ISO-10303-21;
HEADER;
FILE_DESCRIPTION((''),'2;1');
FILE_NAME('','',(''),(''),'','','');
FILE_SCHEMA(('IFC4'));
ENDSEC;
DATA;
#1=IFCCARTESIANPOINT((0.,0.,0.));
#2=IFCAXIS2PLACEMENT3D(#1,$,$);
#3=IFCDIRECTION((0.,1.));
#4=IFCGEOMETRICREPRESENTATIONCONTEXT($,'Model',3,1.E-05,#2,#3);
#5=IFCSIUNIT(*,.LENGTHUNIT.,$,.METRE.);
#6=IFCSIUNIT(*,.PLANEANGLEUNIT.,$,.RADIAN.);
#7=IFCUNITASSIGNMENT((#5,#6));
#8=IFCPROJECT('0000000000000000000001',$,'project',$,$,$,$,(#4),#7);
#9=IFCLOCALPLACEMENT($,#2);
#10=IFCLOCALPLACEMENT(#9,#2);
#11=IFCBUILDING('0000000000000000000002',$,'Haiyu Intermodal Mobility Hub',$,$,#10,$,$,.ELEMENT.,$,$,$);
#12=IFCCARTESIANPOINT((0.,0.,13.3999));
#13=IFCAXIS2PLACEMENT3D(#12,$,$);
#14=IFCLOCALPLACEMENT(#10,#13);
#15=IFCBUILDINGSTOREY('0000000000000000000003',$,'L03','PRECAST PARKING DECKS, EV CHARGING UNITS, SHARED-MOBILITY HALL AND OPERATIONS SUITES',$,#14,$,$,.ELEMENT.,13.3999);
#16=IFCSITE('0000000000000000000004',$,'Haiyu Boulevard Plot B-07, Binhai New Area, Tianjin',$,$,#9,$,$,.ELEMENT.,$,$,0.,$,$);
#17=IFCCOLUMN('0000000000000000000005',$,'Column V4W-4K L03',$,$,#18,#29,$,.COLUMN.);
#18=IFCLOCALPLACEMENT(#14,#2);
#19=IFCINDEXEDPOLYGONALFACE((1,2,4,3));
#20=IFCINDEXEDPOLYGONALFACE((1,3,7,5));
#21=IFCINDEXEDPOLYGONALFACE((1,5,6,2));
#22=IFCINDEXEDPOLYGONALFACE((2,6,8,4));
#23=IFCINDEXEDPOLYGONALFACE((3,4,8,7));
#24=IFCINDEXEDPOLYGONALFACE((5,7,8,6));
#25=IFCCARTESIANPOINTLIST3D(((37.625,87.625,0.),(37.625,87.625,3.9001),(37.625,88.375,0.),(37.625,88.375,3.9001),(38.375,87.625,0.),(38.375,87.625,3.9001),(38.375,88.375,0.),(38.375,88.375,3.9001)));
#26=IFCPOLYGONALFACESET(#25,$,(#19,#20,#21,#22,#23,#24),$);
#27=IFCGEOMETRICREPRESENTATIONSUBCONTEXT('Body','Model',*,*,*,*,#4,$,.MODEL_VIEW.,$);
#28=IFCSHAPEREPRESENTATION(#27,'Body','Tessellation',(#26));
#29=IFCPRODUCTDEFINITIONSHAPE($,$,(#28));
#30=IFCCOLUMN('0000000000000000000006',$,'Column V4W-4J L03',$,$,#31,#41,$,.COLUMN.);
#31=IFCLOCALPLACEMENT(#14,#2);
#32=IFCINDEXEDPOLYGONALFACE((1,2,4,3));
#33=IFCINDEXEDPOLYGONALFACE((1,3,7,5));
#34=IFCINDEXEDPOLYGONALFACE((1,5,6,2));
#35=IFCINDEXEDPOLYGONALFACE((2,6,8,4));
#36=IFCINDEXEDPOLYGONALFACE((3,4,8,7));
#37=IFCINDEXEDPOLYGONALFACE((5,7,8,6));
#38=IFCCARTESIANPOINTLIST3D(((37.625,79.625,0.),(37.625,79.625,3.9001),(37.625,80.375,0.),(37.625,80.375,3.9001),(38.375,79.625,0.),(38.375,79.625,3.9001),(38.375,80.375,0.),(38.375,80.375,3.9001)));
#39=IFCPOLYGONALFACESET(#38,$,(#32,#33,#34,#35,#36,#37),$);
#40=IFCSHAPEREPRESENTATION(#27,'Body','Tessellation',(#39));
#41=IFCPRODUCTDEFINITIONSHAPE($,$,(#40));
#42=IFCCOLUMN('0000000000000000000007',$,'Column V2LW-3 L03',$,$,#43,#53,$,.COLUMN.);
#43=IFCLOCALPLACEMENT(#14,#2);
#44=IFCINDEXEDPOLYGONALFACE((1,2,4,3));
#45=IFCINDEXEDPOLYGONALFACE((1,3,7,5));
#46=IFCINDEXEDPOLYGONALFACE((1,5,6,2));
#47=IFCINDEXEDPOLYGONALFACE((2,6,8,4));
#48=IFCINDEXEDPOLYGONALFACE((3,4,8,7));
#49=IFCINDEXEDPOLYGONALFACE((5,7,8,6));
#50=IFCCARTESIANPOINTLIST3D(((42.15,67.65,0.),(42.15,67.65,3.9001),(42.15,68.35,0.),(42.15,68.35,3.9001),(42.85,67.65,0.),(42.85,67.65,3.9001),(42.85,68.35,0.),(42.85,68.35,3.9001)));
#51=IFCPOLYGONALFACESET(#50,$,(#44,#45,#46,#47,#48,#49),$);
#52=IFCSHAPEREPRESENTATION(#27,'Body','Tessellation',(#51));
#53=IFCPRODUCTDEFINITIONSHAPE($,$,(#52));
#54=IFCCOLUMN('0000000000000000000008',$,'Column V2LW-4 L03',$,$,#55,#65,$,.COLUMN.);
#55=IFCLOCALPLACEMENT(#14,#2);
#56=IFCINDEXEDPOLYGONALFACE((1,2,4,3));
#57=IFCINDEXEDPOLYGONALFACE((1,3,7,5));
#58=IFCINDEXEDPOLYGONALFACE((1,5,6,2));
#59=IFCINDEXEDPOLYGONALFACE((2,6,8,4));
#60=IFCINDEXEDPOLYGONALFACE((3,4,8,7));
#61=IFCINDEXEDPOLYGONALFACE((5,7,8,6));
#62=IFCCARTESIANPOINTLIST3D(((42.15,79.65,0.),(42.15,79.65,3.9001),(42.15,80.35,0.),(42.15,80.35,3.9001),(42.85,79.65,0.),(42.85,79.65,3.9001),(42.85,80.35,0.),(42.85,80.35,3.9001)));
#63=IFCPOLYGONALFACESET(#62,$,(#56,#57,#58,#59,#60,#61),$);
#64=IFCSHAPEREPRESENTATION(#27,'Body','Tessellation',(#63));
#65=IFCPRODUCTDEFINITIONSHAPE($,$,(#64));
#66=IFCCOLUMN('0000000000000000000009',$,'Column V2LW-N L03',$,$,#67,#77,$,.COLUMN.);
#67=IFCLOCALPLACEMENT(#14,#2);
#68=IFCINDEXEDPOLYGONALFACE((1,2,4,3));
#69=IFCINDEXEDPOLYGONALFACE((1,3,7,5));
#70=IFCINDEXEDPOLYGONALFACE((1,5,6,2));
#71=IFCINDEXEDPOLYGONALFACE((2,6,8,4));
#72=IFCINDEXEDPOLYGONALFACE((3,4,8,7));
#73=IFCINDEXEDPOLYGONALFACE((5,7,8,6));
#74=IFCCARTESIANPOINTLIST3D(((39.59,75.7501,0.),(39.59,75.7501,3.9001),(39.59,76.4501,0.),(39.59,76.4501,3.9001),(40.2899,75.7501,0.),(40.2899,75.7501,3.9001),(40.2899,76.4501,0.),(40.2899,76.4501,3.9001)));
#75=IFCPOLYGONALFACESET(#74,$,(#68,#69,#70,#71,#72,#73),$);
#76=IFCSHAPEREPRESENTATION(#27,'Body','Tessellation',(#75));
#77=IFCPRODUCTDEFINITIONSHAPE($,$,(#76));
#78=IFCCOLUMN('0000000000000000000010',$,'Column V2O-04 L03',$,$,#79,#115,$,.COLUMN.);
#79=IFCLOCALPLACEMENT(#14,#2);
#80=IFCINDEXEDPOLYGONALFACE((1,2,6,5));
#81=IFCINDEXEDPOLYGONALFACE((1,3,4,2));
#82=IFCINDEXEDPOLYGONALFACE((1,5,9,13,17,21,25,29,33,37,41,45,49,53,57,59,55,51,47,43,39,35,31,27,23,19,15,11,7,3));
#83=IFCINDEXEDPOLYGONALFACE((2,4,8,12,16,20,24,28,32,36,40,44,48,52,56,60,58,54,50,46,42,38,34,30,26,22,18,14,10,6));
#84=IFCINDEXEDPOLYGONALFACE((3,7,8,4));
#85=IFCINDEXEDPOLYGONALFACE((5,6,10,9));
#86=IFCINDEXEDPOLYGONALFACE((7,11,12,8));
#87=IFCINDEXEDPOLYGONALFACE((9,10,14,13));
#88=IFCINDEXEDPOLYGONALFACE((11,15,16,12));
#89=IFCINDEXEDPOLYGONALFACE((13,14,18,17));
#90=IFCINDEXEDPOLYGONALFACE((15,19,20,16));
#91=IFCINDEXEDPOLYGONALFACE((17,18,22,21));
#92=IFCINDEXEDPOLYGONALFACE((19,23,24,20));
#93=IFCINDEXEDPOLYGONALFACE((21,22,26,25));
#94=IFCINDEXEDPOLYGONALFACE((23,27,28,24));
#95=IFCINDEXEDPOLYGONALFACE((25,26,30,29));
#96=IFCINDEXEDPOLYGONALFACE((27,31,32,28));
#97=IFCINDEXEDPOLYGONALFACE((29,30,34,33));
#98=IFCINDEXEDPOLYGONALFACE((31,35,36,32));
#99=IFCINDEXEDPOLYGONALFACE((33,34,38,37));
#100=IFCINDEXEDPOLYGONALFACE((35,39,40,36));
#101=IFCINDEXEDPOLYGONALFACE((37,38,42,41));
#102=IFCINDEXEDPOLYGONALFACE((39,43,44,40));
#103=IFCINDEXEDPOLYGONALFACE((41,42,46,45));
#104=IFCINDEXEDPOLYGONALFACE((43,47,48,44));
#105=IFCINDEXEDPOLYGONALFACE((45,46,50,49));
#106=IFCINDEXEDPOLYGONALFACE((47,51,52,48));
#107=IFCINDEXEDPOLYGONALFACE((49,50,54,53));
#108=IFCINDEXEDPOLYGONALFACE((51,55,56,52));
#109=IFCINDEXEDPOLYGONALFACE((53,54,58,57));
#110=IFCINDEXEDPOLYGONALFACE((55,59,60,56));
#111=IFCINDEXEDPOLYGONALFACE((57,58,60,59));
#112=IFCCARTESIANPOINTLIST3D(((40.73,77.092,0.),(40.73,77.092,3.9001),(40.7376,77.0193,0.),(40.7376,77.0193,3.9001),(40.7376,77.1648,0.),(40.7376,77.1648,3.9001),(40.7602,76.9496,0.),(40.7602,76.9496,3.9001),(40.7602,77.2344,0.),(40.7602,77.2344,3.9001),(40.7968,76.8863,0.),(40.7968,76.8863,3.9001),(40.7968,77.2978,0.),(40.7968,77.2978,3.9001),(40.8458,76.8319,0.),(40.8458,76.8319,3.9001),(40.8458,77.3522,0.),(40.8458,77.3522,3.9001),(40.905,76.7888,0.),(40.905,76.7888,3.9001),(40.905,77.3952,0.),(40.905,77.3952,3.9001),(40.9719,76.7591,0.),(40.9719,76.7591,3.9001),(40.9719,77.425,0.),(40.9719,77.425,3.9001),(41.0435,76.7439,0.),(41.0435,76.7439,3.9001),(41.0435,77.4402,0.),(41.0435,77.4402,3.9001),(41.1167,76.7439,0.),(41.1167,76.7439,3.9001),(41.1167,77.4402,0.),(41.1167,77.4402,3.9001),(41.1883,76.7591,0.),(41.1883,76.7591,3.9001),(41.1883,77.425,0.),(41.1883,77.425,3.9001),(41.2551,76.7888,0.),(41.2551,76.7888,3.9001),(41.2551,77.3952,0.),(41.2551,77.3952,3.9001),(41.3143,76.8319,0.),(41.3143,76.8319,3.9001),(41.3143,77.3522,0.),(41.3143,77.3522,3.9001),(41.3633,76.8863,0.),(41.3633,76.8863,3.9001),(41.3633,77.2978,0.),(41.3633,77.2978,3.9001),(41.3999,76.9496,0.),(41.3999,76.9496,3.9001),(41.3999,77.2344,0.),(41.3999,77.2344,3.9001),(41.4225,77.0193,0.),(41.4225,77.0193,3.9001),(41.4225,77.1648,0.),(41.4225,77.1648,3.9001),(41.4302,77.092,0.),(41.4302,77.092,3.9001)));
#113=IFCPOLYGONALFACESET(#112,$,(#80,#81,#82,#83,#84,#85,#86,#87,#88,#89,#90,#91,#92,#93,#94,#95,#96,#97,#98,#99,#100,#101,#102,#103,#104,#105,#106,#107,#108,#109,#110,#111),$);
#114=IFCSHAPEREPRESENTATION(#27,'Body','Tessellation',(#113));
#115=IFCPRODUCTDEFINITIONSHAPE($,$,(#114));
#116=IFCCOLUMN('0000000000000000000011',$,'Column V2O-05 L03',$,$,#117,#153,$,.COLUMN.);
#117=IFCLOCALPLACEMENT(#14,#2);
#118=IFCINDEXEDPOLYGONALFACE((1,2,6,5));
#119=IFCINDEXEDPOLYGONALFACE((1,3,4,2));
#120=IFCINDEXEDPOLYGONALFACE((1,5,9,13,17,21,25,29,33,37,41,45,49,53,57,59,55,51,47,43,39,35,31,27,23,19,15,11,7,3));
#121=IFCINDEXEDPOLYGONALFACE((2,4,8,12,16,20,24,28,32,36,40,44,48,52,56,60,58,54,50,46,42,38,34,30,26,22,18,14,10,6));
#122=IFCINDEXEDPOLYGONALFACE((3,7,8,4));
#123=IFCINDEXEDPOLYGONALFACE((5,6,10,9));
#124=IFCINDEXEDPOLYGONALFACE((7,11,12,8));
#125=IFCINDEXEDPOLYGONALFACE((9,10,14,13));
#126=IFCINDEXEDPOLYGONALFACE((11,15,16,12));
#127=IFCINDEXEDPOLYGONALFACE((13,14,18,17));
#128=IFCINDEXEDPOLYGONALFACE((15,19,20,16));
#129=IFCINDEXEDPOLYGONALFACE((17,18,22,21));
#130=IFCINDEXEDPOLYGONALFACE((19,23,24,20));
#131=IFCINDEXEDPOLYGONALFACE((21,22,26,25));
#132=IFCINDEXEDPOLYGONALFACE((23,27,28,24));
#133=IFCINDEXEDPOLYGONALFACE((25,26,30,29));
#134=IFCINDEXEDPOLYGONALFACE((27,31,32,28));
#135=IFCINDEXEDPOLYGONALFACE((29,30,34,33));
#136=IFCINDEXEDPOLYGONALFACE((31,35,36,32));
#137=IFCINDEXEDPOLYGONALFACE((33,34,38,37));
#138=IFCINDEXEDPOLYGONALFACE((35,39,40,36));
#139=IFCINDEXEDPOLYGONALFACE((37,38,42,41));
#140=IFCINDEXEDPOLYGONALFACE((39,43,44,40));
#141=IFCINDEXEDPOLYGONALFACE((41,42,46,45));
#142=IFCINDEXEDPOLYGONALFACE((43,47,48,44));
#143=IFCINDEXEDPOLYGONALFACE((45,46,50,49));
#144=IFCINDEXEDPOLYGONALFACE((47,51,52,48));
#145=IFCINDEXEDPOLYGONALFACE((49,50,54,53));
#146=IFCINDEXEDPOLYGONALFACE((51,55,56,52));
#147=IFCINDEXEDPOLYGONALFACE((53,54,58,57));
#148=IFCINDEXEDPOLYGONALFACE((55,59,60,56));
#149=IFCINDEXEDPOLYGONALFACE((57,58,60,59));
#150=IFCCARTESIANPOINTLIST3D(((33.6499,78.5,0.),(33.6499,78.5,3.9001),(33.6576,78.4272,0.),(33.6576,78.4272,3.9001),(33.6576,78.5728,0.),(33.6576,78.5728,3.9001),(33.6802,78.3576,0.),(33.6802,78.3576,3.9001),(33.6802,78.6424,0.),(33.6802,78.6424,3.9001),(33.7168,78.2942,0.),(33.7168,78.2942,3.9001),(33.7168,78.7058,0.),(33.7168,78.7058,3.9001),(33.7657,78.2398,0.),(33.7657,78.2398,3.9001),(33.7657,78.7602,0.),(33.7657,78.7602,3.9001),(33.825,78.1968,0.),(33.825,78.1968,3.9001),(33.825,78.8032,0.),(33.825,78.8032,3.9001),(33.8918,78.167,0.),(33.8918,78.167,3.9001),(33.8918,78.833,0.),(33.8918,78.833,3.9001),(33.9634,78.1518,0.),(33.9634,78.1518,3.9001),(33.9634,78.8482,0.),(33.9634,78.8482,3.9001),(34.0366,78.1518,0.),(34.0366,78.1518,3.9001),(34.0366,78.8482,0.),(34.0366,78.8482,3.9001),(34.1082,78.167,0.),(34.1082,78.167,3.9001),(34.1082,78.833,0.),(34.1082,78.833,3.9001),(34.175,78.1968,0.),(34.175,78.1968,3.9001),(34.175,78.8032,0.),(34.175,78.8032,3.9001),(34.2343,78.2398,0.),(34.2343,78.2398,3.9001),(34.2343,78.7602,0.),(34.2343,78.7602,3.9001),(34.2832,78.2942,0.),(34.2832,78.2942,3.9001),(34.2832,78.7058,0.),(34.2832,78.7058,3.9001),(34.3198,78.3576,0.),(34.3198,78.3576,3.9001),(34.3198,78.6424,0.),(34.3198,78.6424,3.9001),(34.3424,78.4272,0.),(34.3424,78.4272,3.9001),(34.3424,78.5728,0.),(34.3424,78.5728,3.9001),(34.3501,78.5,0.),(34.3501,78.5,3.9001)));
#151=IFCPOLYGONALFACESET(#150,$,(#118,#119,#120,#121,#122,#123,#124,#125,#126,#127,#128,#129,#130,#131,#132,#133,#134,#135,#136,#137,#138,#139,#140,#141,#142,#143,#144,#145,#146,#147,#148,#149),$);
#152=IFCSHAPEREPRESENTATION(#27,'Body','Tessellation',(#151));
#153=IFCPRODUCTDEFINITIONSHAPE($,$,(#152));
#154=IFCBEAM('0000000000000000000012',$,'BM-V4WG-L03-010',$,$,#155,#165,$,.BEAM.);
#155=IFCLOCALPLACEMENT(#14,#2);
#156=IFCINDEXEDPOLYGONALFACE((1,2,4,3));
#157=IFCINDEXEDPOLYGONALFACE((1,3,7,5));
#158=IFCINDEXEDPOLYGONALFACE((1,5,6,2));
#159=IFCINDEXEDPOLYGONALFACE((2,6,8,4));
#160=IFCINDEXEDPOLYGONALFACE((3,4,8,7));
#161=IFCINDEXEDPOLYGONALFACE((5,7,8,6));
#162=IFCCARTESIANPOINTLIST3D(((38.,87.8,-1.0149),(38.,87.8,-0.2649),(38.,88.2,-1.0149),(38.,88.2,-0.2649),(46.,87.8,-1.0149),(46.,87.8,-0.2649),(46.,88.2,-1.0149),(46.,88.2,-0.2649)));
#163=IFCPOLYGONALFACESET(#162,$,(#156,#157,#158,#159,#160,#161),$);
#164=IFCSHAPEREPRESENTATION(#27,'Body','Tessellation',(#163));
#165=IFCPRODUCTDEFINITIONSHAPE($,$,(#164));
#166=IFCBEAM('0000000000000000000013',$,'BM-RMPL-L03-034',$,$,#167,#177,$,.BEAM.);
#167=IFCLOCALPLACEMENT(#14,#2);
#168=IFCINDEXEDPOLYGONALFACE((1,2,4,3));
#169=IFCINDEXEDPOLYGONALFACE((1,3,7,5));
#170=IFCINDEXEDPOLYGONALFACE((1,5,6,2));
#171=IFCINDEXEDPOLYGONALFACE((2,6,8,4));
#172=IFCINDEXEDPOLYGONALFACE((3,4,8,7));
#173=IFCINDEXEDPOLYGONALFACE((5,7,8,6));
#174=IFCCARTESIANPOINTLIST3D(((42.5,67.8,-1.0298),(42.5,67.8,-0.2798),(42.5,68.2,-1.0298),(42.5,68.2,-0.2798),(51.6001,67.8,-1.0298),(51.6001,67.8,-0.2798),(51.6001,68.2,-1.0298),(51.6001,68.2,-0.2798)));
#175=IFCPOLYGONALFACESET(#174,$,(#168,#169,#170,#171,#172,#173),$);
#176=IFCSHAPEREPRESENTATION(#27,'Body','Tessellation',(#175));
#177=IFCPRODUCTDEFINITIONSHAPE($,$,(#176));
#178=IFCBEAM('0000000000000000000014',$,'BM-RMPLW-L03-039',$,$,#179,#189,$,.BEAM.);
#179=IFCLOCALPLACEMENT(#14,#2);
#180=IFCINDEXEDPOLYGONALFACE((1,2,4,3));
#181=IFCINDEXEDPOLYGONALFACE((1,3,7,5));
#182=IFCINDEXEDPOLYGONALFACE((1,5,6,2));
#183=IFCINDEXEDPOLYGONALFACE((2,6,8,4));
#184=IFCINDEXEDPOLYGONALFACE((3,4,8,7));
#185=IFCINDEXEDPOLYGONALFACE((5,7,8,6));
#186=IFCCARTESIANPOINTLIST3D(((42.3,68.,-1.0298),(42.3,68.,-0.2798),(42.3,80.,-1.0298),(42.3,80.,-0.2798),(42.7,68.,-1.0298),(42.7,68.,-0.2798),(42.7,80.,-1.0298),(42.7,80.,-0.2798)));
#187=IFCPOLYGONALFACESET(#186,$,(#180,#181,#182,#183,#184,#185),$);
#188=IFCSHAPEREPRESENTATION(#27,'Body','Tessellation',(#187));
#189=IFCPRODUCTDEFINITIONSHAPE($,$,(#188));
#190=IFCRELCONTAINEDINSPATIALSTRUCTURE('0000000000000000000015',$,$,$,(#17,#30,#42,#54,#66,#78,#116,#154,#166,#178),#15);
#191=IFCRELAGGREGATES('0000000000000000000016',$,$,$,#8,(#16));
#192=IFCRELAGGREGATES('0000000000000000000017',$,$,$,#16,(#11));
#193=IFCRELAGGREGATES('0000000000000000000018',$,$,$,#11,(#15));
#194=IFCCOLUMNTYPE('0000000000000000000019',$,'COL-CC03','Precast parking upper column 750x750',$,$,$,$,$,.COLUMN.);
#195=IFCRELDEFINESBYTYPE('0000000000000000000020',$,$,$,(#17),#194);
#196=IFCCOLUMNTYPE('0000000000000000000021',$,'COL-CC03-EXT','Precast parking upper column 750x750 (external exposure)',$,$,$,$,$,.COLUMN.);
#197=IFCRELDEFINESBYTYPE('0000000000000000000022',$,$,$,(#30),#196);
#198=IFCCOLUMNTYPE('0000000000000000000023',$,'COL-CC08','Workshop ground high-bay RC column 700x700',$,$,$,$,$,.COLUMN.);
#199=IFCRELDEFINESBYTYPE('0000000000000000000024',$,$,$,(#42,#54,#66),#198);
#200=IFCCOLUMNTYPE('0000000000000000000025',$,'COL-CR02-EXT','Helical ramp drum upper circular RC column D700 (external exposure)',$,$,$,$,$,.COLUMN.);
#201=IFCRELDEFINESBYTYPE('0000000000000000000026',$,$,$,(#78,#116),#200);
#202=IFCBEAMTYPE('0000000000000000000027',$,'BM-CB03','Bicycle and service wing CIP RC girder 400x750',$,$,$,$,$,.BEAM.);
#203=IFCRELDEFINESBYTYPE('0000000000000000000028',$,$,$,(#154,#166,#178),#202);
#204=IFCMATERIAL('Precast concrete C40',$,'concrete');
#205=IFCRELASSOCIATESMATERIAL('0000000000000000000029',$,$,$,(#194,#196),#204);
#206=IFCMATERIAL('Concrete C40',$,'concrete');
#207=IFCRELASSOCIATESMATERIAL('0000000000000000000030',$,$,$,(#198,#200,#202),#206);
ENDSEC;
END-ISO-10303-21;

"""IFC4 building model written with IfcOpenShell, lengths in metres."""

from ifc_helpers import new_model, si_unit, direction, frame, origin, origin_2d, place, context, subcontext, project, spatial, rectangle, circle, extrude, material, material_profile, profile_set, type_object, element, save


model = new_model("IFC4")

# Units and contexts
model_context = context("Model", 3, precision=1e-05, world=origin(), true_north=direction((0.0, 1.0)))
body_context = subcontext(model_context, "Body", "Model", "MODEL_VIEW")
ifc_project = project(units=[si_unit("LENGTHUNIT", "METRE"), si_unit("PLANEANGLEUNIT", "RADIAN")], contexts=[model_context])

# Site, building, storey
site_placement = place(None, origin())
site = spatial("IfcSite", under=ifc_project, at=site_placement, Name="Haiyu Boulevard Plot B-07, Binhai New Area, Tianjin", CompositionType="ELEMENT", RefElevation=0.0)
building_placement = place(site_placement, origin())
building = spatial("IfcBuilding", under=site, at=building_placement, Name="Haiyu Intermodal Mobility Hub", CompositionType="ELEMENT")
storey_placement = place(building_placement, frame((0.0, 0.0, 13.3999)))
storey = spatial("IfcBuildingStorey", under=building, at=storey_placement, Name="L03", Description="PRECAST PARKING DECKS, EV CHARGING UNITS, SHARED-MOBILITY HALL AND OPERATIONS SUITES", CompositionType="ELEMENT", Elevation=13.3999)

# Columns
ifc_material_1 = material(Name="Precast concrete C40", Category="concrete")
ifc_material_profile_1 = material_profile(ifc_material_1, rectangle(XDim=0.75, YDim=0.75, at=origin_2d()), Name="RC750x750")
ifc_profile_set_1 = profile_set([ifc_material_profile_1], Name="Precast concrete C40")
column_type_1 = type_object("IfcColumnType", Name="COL-CC03", Description="Precast parking upper column 750x750", PredefinedType="COLUMN", material=ifc_profile_set_1)
column_1_placement = place(storey_placement, frame((38.0, 88.0, 0.0), z_axis=(0.0, 0.0, 1.0), x_axis=(1.0, 0.0, 0.0)))
element("IfcColumn", 1, at=column_1_placement, inside=storey, type_object=column_type_1, Name="Column V4W-4K L03", PredefinedType="COLUMN", context=body_context, shape_type="SweptSolid", body=[
    extrude(rectangle(XDim=0.75, YDim=0.75, at=origin_2d()), origin(), (0.0, 0.0, 1.0), 3.9001),
])
ifc_material_profile_2 = material_profile(ifc_material_1, rectangle(XDim=0.75, YDim=0.75, at=origin_2d()), Name="RC750x750")
ifc_profile_set_2 = profile_set([ifc_material_profile_2], Name="Precast concrete C40")
column_type_2 = type_object("IfcColumnType", Name="COL-CC03-EXT", Description="Precast parking upper column 750x750 (external exposure)", PredefinedType="COLUMN", material=ifc_profile_set_2)
column_2_placement = place(storey_placement, frame((38.0, 80.0, 0.0), z_axis=(0.0, 0.0, 1.0), x_axis=(1.0, 0.0, 0.0)))
element("IfcColumn", 2, at=column_2_placement, inside=storey, type_object=column_type_2, Name="Column V4W-4J L03", PredefinedType="COLUMN", context=body_context, shape_type="SweptSolid", body=[
    extrude(rectangle(XDim=0.75, YDim=0.75, at=origin_2d()), origin(), (0.0, 0.0, 1.0), 3.9001),
])
ifc_material_2 = material(Name="Concrete C40", Category="concrete")
ifc_material_profile_3 = material_profile(ifc_material_2, rectangle(XDim=0.7, YDim=0.7, at=origin_2d()), Name="RC700x700")
ifc_profile_set_3 = profile_set([ifc_material_profile_3], Name="Concrete C40")
column_type_3 = type_object("IfcColumnType", Name="COL-CC08", Description="Workshop ground high-bay RC column 700x700", PredefinedType="COLUMN", material=ifc_profile_set_3)
for number, where, z_axis, x_axis, name in (
    (3, (42.5, 68.0, 0.0), (0.0, 0.0, 1.0), (1.0, 0.0, 0.0), "Column V2LW-3 L03"),
    (4, (42.5, 80.0, 0.0), (0.0, 0.0, 1.0), (1.0, 0.0, 0.0), "Column V2LW-4 L03"),
    (5, (39.9399, 76.1001, 0.0), (0.0, 0.0, 1.0), (1.0, 0.0, 0.0), "Column V2LW-N L03"),
):
    element("IfcColumn", number, at=place(storey_placement, frame(where, z_axis=z_axis, x_axis=x_axis)), inside=storey, type_object=column_type_3, Name=name, PredefinedType="COLUMN", context=body_context, shape_type="SweptSolid", body=[
        extrude(rectangle(XDim=0.7, YDim=0.7, at=origin_2d()), origin(), (0.0, 0.0, 1.0), 3.9001),
    ])
ifc_material_profile_4 = material_profile(ifc_material_2, circle(Radius=0.3501, at=origin_2d()), Name="RCCOL-D700")
ifc_profile_set_4 = profile_set([ifc_material_profile_4], Name="Concrete C40")
column_type_4 = type_object("IfcColumnType", Name="COL-CR02-EXT", Description="Helical ramp drum upper circular RC column D700 (external exposure)", PredefinedType="COLUMN", material=ifc_profile_set_4)
for number, where, z_axis, x_axis, name in (
    (6, (41.0801, 77.092, 0.0), (0.0, 0.0, 1.0), (1.0, 0.0, 0.0), "Column V2O-04 L03"),
    (7, (34.0, 78.5, 0.0), (0.0, 0.0, 1.0), (1.0, 0.0, 0.0), "Column V2O-05 L03"),
):
    element("IfcColumn", number, at=place(storey_placement, frame(where, z_axis=z_axis, x_axis=x_axis)), inside=storey, type_object=column_type_4, Name=name, PredefinedType="COLUMN", context=body_context, shape_type="SweptSolid", body=[
        extrude(circle(Radius=0.3501, at=origin_2d()), origin(), (0.0, 0.0, 1.0), 3.9001),
    ])

# Beams
ifc_material_profile_5 = material_profile(ifc_material_2, rectangle(XDim=0.3999, YDim=0.75, at=origin_2d()), Name="RCB400x750")
ifc_profile_set_5 = profile_set([ifc_material_profile_5], Name="Concrete C40")
beam_type_1 = type_object("IfcBeamType", Name="BM-CB03", Description="Bicycle and service wing CIP RC girder 400x750", PredefinedType="BEAM", material=ifc_profile_set_5)
beam_1_placement = place(storey_placement, frame((38.0, 88.0, -0.6399), z_axis=(1.0, 0.0, 0.0), x_axis=(0.0, 1.0, 0.0)))
element("IfcBeam", 8, at=beam_1_placement, inside=storey, type_object=beam_type_1, Name="BM-V4WG-L03-010", PredefinedType="BEAM", context=body_context, shape_type="SweptSolid", body=[
    extrude(rectangle(XDim=0.3999, YDim=0.75, at=origin_2d()), origin(), (0.0, 0.0, 1.0), 8.0),
])
beam_2_placement = place(storey_placement, frame((42.5, 68.0, -0.6548), z_axis=(1.0, 0.0, 0.0), x_axis=(0.0, 1.0, 0.0)))
element("IfcBeam", 9, at=beam_2_placement, inside=storey, type_object=beam_type_1, Name="BM-RMPL-L03-034", PredefinedType="BEAM", context=body_context, shape_type="SweptSolid", body=[
    extrude(rectangle(XDim=0.3999, YDim=0.75, at=origin_2d()), origin(), (0.0, 0.0, 1.0), 9.1001),
])
beam_3_placement = place(storey_placement, frame((42.5, 68.0, -0.6548), z_axis=(0.0, 1.0, 0.0), x_axis=(-1.0, 0.0, 0.0)))
element("IfcBeam", 10, at=beam_3_placement, inside=storey, type_object=beam_type_1, Name="BM-RMPLW-L03-039", PredefinedType="BEAM", context=body_context, shape_type="SweptSolid", body=[
    extrude(rectangle(XDim=0.3999, YDim=0.75, at=origin_2d()), origin(), (0.0, 0.0, 1.0), 12.0),
])

save(model, "model.ifc")
